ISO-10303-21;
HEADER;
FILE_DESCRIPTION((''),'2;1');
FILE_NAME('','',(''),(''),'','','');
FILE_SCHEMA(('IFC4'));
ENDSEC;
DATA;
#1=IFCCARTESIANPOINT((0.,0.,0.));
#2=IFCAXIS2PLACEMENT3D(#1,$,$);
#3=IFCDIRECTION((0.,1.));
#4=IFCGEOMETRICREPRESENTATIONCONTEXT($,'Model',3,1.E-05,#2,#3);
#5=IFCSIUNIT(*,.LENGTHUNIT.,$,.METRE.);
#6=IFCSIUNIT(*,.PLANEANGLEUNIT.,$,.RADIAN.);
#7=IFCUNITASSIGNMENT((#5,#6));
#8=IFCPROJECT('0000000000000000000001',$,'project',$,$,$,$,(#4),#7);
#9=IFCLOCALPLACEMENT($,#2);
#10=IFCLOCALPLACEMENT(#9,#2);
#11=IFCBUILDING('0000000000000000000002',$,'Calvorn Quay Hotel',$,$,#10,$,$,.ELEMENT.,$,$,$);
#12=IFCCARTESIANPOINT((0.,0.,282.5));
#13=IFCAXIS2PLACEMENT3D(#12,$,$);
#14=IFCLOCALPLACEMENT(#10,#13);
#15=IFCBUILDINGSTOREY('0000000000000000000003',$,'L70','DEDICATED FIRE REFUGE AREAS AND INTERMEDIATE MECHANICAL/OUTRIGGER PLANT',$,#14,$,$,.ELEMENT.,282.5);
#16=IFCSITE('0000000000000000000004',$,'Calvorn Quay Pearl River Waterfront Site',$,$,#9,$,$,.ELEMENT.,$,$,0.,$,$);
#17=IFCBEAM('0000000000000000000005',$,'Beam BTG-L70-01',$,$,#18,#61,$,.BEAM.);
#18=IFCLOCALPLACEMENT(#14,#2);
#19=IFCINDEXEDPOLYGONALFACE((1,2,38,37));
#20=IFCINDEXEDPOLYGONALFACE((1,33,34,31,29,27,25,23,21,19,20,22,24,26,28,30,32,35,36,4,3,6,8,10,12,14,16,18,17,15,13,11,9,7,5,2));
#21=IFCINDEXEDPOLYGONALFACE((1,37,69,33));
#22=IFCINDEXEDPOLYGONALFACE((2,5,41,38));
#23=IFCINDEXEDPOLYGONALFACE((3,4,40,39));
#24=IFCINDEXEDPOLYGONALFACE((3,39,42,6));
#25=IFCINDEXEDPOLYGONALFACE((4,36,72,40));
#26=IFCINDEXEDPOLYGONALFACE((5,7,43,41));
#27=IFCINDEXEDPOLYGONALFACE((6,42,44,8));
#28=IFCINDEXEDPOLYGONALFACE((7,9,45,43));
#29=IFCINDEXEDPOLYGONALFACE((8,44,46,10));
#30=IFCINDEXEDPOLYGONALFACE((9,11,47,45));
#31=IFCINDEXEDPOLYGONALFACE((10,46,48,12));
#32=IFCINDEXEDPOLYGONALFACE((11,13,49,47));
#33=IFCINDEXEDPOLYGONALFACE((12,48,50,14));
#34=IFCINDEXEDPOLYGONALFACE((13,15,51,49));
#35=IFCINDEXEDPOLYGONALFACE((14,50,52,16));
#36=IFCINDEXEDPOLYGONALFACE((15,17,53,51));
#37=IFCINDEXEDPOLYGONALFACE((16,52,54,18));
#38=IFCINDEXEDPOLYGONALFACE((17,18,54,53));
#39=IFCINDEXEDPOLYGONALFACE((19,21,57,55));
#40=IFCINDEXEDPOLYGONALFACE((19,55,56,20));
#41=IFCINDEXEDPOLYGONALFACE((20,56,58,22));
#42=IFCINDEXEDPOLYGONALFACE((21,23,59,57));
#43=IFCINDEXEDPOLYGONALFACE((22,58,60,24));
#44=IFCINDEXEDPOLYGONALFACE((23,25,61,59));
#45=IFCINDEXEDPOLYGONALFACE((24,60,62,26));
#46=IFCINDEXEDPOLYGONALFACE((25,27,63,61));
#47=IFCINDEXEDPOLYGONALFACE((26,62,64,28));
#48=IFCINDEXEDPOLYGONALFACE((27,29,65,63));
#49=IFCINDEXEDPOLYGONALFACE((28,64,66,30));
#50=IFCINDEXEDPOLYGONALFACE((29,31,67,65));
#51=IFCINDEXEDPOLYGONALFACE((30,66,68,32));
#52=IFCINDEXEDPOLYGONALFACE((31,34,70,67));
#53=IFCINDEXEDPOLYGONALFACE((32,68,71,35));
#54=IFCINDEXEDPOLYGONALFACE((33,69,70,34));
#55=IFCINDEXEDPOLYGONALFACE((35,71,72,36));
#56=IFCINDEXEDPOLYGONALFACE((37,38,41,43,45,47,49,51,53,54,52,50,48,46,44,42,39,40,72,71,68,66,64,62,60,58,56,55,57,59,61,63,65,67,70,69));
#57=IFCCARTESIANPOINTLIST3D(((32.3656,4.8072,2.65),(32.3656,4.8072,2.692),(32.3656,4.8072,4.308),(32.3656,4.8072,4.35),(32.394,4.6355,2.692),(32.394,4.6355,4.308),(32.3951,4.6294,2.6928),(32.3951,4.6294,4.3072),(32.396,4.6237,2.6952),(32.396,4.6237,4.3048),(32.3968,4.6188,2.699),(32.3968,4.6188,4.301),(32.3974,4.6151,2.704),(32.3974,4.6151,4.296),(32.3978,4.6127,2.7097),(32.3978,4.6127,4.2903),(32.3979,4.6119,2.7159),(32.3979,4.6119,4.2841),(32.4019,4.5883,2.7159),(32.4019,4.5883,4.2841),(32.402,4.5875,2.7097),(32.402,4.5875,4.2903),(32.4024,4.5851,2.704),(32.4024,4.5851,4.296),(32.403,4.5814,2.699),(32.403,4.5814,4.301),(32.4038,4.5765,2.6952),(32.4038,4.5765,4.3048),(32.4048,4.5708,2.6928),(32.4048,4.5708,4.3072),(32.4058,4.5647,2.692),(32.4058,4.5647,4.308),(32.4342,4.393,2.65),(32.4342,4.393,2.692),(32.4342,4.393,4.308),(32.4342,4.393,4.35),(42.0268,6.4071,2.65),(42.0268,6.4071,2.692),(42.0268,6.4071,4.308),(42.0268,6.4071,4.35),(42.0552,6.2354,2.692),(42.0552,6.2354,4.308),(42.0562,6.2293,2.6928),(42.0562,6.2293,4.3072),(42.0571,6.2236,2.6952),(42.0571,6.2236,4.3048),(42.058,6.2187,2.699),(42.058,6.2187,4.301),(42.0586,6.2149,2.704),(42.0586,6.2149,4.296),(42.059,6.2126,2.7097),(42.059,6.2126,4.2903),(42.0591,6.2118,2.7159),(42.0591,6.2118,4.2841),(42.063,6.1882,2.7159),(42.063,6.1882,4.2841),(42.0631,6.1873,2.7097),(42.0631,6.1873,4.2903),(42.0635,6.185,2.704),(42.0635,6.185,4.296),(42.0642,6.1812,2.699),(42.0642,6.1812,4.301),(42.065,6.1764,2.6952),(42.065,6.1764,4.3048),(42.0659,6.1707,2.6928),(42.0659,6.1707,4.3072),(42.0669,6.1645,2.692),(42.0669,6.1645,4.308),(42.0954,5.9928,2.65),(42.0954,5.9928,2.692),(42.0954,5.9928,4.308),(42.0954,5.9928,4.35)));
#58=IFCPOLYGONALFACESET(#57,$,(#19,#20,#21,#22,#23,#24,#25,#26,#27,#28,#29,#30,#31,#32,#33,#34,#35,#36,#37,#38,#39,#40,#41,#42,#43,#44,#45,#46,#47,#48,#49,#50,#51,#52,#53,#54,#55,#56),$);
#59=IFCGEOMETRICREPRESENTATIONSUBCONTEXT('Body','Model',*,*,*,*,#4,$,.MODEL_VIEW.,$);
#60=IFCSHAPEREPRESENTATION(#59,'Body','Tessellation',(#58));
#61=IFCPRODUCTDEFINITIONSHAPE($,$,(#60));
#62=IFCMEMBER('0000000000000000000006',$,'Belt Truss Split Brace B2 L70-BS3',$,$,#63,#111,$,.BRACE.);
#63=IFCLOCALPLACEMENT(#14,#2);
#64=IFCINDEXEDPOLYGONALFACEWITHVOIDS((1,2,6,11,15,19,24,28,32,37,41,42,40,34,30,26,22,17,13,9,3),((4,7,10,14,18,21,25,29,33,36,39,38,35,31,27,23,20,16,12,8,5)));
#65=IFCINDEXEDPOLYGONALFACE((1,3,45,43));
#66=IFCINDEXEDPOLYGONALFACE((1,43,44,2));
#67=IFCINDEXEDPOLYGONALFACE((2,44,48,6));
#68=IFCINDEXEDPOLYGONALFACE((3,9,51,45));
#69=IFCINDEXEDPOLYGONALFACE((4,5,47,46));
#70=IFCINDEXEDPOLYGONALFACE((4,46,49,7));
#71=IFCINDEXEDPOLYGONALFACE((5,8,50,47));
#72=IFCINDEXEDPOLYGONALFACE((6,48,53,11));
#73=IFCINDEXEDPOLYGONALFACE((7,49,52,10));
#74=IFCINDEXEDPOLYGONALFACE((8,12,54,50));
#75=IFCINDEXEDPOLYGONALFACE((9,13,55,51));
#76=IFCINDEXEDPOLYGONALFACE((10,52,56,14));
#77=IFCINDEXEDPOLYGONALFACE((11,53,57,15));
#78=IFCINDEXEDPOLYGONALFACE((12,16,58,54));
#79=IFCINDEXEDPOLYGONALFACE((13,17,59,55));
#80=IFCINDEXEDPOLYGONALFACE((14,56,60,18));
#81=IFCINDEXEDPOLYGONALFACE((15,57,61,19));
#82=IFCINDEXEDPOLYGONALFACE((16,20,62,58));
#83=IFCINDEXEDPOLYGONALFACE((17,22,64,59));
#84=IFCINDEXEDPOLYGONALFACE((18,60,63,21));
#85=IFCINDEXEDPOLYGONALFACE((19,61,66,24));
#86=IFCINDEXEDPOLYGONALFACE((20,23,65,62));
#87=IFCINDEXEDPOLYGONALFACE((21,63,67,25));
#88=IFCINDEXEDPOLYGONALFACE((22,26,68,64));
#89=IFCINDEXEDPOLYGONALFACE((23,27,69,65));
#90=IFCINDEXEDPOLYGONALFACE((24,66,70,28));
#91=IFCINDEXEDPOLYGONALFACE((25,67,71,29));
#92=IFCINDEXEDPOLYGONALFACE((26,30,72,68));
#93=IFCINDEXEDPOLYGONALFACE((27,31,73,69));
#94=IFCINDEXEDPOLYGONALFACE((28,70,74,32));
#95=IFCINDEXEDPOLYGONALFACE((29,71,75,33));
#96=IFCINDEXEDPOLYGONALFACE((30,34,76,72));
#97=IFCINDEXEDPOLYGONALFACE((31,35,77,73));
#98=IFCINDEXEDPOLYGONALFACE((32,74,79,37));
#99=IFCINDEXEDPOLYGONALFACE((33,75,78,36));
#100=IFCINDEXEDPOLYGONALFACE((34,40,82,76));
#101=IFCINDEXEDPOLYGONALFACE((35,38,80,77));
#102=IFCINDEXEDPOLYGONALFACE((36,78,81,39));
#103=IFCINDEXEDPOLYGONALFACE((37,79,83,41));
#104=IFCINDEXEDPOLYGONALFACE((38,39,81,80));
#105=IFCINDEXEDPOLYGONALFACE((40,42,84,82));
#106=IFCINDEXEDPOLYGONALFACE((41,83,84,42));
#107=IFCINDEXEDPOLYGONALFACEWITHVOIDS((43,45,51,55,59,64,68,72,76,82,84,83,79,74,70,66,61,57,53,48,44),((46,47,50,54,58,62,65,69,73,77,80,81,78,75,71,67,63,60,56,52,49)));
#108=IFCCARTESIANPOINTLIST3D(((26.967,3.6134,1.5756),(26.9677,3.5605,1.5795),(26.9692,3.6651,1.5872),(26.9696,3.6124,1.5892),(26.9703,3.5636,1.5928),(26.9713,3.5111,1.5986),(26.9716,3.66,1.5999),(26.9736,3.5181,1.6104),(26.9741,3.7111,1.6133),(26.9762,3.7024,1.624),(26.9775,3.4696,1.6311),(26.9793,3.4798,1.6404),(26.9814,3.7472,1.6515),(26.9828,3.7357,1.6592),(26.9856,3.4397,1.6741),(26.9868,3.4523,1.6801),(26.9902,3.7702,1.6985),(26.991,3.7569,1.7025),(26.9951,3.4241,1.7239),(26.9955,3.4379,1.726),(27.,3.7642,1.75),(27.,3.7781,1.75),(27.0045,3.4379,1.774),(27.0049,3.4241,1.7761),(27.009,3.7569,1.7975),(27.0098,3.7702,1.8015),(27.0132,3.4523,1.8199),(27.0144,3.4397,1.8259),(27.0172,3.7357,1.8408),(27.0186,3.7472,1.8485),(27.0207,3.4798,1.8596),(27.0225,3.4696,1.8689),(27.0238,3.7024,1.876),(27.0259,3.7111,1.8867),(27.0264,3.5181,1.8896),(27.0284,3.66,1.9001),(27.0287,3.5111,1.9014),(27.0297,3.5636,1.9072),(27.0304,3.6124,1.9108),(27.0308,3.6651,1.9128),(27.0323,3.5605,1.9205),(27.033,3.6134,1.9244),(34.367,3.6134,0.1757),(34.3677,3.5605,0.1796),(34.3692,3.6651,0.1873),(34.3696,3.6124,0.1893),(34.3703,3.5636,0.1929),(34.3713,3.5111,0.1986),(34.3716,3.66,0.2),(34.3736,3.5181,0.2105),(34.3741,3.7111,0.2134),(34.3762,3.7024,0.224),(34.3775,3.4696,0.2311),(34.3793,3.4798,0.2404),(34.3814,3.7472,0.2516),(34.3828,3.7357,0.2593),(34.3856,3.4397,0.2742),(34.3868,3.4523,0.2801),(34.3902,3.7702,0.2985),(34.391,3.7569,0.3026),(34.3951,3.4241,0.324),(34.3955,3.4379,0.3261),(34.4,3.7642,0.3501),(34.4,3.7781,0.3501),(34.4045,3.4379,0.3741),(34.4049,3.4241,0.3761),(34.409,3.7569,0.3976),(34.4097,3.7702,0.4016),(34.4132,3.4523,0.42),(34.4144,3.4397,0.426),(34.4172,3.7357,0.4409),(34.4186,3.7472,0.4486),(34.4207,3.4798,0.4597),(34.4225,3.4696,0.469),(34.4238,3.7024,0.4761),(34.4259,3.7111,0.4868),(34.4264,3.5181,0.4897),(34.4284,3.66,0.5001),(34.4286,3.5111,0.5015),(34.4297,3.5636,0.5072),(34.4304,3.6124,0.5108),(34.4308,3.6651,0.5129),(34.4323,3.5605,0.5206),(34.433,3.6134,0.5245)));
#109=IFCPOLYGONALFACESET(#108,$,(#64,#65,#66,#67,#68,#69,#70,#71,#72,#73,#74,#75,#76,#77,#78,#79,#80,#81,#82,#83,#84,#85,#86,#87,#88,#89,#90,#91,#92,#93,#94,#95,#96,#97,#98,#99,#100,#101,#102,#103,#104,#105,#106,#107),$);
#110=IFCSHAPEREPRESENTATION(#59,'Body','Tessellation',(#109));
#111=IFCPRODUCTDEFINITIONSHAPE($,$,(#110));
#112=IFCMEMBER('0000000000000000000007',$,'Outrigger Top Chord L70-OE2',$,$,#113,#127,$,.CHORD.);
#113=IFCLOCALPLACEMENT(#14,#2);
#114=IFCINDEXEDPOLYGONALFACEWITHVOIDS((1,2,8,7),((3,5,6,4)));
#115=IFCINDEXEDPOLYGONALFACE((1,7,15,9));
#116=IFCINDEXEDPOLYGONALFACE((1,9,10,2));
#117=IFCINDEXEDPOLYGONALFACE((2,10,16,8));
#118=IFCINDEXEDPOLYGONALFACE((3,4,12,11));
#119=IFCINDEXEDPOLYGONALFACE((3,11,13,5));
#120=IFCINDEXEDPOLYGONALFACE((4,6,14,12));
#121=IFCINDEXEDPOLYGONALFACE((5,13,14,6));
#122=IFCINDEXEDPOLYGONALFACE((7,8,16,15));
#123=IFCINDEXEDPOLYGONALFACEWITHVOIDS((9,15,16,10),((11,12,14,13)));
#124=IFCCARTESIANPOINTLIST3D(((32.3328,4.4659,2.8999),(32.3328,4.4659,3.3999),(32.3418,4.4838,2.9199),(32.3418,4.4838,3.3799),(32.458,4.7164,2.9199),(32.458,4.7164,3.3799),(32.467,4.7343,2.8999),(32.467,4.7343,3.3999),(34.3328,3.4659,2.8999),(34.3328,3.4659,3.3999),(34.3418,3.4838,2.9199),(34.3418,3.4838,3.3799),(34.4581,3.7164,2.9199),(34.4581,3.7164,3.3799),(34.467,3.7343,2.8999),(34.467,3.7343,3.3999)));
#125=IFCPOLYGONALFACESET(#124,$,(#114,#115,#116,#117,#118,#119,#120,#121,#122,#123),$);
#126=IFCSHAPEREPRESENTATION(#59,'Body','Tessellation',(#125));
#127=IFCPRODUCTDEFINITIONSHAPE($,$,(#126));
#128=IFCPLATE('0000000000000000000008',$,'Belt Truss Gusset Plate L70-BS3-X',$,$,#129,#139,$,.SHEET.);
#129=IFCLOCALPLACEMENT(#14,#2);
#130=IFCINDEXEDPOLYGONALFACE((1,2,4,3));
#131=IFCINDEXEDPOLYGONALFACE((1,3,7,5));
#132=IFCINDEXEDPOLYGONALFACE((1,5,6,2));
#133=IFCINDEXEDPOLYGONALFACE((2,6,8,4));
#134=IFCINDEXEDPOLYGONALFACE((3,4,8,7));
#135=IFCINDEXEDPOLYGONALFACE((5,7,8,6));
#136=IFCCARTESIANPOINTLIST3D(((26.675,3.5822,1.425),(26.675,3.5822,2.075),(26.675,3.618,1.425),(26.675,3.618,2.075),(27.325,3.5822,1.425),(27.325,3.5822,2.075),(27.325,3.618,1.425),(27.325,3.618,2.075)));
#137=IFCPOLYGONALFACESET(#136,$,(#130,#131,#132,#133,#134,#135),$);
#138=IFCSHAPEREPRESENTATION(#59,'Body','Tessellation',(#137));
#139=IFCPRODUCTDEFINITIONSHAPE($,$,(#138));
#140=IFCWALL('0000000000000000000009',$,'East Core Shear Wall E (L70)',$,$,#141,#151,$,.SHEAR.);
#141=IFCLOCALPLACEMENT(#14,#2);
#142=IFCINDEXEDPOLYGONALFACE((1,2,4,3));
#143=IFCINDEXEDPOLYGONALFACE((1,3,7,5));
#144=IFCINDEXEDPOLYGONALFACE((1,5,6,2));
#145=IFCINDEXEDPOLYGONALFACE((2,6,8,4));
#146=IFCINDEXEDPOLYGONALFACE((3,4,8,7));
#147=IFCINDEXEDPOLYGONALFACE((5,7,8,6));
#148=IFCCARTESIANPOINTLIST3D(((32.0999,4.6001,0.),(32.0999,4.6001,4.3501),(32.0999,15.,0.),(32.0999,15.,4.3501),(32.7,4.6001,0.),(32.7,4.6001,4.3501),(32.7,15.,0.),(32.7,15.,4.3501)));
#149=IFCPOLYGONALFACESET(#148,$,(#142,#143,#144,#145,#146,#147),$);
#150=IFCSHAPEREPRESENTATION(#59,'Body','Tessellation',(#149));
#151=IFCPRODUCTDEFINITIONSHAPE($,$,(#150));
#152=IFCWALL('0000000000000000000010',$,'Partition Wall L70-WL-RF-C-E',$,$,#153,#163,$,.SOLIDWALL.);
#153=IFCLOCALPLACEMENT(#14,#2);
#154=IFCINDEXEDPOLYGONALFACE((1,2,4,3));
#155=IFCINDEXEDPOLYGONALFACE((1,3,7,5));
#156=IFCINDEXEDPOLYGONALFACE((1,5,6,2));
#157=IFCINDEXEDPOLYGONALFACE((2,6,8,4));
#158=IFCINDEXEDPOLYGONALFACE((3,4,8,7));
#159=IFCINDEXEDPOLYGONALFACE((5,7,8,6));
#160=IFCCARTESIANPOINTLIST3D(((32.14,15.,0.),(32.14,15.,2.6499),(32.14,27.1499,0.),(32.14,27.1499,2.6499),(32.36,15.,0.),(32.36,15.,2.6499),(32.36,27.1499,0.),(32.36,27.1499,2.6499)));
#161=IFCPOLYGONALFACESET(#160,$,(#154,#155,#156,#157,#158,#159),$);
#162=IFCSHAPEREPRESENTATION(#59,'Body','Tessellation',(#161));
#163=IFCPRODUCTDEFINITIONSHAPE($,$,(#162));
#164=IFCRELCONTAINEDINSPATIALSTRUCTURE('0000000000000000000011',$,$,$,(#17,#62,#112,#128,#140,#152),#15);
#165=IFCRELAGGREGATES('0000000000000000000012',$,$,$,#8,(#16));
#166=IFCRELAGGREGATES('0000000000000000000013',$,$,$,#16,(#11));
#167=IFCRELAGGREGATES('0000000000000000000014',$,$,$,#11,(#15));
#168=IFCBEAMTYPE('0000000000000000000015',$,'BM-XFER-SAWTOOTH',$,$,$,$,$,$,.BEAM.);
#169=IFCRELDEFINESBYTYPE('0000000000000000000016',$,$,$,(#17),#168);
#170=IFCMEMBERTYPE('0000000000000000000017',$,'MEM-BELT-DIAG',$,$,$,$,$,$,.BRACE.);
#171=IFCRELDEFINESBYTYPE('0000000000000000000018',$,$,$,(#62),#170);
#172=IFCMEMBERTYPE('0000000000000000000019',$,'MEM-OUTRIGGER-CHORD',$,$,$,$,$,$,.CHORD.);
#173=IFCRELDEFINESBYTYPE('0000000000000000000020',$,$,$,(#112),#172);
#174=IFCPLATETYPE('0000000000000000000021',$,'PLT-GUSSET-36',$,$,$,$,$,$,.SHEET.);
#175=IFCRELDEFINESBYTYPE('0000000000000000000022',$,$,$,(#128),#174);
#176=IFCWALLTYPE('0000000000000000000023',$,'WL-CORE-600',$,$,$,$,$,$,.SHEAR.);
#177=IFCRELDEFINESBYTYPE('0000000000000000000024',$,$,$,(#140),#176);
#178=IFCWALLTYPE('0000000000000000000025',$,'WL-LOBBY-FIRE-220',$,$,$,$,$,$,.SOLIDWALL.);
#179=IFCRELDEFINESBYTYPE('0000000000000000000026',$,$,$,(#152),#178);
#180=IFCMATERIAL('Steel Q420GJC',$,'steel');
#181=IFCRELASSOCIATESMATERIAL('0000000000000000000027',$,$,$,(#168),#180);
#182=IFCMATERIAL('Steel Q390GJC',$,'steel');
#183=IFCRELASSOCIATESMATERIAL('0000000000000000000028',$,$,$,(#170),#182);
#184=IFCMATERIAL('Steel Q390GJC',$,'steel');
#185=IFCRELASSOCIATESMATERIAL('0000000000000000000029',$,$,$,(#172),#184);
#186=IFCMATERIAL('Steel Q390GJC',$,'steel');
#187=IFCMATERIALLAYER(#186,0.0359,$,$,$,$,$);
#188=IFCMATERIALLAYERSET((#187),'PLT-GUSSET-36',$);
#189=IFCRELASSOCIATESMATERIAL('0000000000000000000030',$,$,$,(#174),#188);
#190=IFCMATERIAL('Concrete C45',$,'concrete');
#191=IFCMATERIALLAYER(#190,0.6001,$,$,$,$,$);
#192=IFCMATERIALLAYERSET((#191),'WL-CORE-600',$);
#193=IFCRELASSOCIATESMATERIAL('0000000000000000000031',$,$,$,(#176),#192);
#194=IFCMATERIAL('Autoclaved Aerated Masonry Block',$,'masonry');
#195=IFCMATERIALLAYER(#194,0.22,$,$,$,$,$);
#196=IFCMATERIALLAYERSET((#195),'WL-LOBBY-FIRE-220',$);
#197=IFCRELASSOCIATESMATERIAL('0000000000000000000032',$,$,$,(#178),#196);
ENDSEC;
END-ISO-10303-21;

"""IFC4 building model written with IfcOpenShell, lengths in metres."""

from ifc_helpers import new_model, si_unit, direction, frame, frame_2d, origin, origin_2d, place, context, subcontext, project, spatial, rectangle, hollow_rectangle, hollow_circle, i_section, extrude, material, layer, layer_set, material_profile, profile_set, type_object, element, save


model = new_model("IFC4")

# Units and contexts
model_context = context("Model", 3, precision=1e-05, world=origin(), true_north=direction((0.0, 1.0)))
body_context = subcontext(model_context, "Body", "Model", "MODEL_VIEW")
ifc_project = project(units=[si_unit("LENGTHUNIT", "METRE"), si_unit("PLANEANGLEUNIT", "RADIAN")], contexts=[model_context])

# Site, building, storey
site_placement = place(None, origin())
site = spatial("IfcSite", under=ifc_project, at=site_placement, Name="Calvorn Quay Pearl River Waterfront Site", CompositionType="ELEMENT", RefElevation=0.0)
building_placement = place(site_placement, origin())
building = spatial("IfcBuilding", under=site, at=building_placement, Name="Calvorn Quay Hotel", CompositionType="ELEMENT")
storey_placement = place(building_placement, frame((0.0, 0.0, 282.5)))
storey = spatial("IfcBuildingStorey", under=building, at=storey_placement, Name="L70", Description="DEDICATED FIRE REFUGE AREAS AND INTERMEDIATE MECHANICAL/OUTRIGGER PLANT", CompositionType="ELEMENT", Elevation=282.5)

# Beam
ifc_material_1 = material(Name="Steel Q420GJC", Category="steel")
ifc_material_profile_1 = material_profile(ifc_material_1, i_section(OverallWidth=0.4199, OverallDepth=1.7, WebThickness=0.0239, FlangeThickness=0.042, FilletRadius=0.0239, at=origin_2d()), Name="HN1700x420x24x42")
ifc_profile_set_1 = profile_set([ifc_material_profile_1], Name="Steel Q420GJC")
beam_type = type_object("IfcBeamType", Name="BM-XFER-SAWTOOTH", PredefinedType="BEAM", material=ifc_profile_set_1)
beam_placement = place(storey_placement, frame((32.3999, 4.6001, 3.5), z_axis=(0.986565, 0.163372, 0.0), x_axis=(-0.163372, 0.986565, 0.0)))
element("IfcBeam", 1, at=beam_placement, inside=storey, type_object=beam_type, Name="Beam BTG-L70-01", PredefinedType="BEAM", context=body_context, shape_type="SweptSolid", body=[
    extrude(i_section(OverallWidth=0.4199, OverallDepth=1.7, WebThickness=0.0239, FlangeThickness=0.042, FilletRadius=0.0239, at=origin_2d()), origin(), (0.0, 0.0, 1.0), 9.7927),
])

# Members
ifc_material_2 = material(Name="Steel Q390GJC", Category="steel")
ifc_material_profile_2 = material_profile(ifc_material_2, hollow_circle(Radius=0.178, WallThickness=0.0139, at=origin_2d()), Name="CHS356x14")
ifc_profile_set_2 = profile_set([ifc_material_profile_2], Name="Steel Q390GJC")
member_type_1 = type_object("IfcMemberType", Name="MEM-BELT-DIAG", PredefinedType="BRACE", material=ifc_profile_set_2)
member_1_placement = place(storey_placement, frame((27.0, 3.6001, 1.75), z_axis=(0.982572, 0.0, -0.185882), x_axis=(0.0, 1.0, 0.0)))
element("IfcMember", 2, at=member_1_placement, inside=storey, type_object=member_type_1, Name="Belt Truss Split Brace B2 L70-BS3", PredefinedType="BRACE", context=body_context, shape_type="SweptSolid", body=[
    extrude(hollow_circle(Radius=0.178, WallThickness=0.0139, at=origin_2d()), origin(), (0.0, 0.0, 1.0), 7.5312),
])
ifc_material_3 = material(Name="Steel Q390GJC", Category="steel")
ifc_material_profile_3 = material_profile(ifc_material_3, hollow_rectangle(XDim=0.3, YDim=0.5, WallThickness=0.02, at=origin_2d()), Name="RHS500x300x20")
ifc_profile_set_3 = profile_set([ifc_material_profile_3], Name="Steel Q390GJC")
member_type_2 = type_object("IfcMemberType", Name="MEM-OUTRIGGER-CHORD", PredefinedType="CHORD", material=ifc_profile_set_3)
member_2_placement = place(storey_placement, frame((32.3999, 4.6001, 3.1499), z_axis=(0.894427, -0.447214, 0.0), x_axis=(0.447214, 0.894427, 0.0)))
element("IfcMember", 3, at=member_2_placement, inside=storey, type_object=member_type_2, Name="Outrigger Top Chord L70-OE2", PredefinedType="CHORD", context=body_context, shape_type="SweptSolid", body=[
    extrude(hollow_rectangle(XDim=0.3, YDim=0.5, WallThickness=0.02, at=origin_2d()), origin(), (0.0, 0.0, 1.0), 2.2361),
])

# Plate
ifc_material_4 = material(Name="Steel Q390GJC", Category="steel")
ifc_layer_1 = layer(ifc_material_4, 0.0359)
ifc_layer_set_1 = layer_set([ifc_layer_1], Name="PLT-GUSSET-36")
plate_type = type_object("IfcPlateType", Name="PLT-GUSSET-36", PredefinedType="SHEET", material=ifc_layer_set_1)
plate_placement = place(storey_placement, frame((27.0, 3.6001, 1.425), z_axis=(0.0, 0.0, 1.0), x_axis=(1.0, 0.0, 0.0)))
element("IfcPlate", 4, at=plate_placement, inside=storey, type_object=plate_type, Name="Belt Truss Gusset Plate L70-BS3-X", PredefinedType="SHEET", context=body_context, shape_type="SweptSolid", body=[
    extrude(rectangle(XDim=0.6499, YDim=0.0359, at=origin_2d()), origin(), (0.0, 0.0, 1.0), 0.6499),
])

# Walls
ifc_material_5 = material(Name="Concrete C45", Category="concrete")
ifc_layer_2 = layer(ifc_material_5, 0.6001)
ifc_layer_set_2 = layer_set([ifc_layer_2], Name="WL-CORE-600")
wall_type_1 = type_object("IfcWallType", Name="WL-CORE-600", PredefinedType="SHEAR", material=ifc_layer_set_2)
wall_1_placement = place(storey_placement, frame((32.3999, 4.6001, 0.0), z_axis=(0.0, 0.0, 1.0), x_axis=(0.0, 1.0, 0.0)))
element("IfcWall", 5, at=wall_1_placement, inside=storey, type_object=wall_type_1, Name="East Core Shear Wall E (L70)", PredefinedType="SHEAR", context=body_context, shape_type="SweptSolid", body=[
    extrude(rectangle(XDim=10.3999, YDim=0.6001, at=frame_2d((5.2, 0.0))), origin(), (0.0, 0.0, 1.0), 4.3501),
])
ifc_material_6 = material(Name="Autoclaved Aerated Masonry Block", Category="masonry")
ifc_layer_3 = layer(ifc_material_6, 0.22)
ifc_layer_set_3 = layer_set([ifc_layer_3], Name="WL-LOBBY-FIRE-220")
wall_type_2 = type_object("IfcWallType", Name="WL-LOBBY-FIRE-220", PredefinedType="SOLIDWALL", material=ifc_layer_set_3)
wall_2_placement = place(storey_placement, frame((32.25, 15.0, 0.0), z_axis=(0.0, 0.0, 1.0), x_axis=(0.0, 1.0, 0.0)))
element("IfcWall", 6, at=wall_2_placement, inside=storey, type_object=wall_type_2, Name="Partition Wall L70-WL-RF-C-E", PredefinedType="SOLIDWALL", context=body_context, shape_type="SweptSolid", body=[
    extrude(rectangle(XDim=12.1499, YDim=0.22, at=frame_2d((6.075, 0.0))), origin(), (0.0, 0.0, 1.0), 2.6499),
])

save(model, "model.ifc")
